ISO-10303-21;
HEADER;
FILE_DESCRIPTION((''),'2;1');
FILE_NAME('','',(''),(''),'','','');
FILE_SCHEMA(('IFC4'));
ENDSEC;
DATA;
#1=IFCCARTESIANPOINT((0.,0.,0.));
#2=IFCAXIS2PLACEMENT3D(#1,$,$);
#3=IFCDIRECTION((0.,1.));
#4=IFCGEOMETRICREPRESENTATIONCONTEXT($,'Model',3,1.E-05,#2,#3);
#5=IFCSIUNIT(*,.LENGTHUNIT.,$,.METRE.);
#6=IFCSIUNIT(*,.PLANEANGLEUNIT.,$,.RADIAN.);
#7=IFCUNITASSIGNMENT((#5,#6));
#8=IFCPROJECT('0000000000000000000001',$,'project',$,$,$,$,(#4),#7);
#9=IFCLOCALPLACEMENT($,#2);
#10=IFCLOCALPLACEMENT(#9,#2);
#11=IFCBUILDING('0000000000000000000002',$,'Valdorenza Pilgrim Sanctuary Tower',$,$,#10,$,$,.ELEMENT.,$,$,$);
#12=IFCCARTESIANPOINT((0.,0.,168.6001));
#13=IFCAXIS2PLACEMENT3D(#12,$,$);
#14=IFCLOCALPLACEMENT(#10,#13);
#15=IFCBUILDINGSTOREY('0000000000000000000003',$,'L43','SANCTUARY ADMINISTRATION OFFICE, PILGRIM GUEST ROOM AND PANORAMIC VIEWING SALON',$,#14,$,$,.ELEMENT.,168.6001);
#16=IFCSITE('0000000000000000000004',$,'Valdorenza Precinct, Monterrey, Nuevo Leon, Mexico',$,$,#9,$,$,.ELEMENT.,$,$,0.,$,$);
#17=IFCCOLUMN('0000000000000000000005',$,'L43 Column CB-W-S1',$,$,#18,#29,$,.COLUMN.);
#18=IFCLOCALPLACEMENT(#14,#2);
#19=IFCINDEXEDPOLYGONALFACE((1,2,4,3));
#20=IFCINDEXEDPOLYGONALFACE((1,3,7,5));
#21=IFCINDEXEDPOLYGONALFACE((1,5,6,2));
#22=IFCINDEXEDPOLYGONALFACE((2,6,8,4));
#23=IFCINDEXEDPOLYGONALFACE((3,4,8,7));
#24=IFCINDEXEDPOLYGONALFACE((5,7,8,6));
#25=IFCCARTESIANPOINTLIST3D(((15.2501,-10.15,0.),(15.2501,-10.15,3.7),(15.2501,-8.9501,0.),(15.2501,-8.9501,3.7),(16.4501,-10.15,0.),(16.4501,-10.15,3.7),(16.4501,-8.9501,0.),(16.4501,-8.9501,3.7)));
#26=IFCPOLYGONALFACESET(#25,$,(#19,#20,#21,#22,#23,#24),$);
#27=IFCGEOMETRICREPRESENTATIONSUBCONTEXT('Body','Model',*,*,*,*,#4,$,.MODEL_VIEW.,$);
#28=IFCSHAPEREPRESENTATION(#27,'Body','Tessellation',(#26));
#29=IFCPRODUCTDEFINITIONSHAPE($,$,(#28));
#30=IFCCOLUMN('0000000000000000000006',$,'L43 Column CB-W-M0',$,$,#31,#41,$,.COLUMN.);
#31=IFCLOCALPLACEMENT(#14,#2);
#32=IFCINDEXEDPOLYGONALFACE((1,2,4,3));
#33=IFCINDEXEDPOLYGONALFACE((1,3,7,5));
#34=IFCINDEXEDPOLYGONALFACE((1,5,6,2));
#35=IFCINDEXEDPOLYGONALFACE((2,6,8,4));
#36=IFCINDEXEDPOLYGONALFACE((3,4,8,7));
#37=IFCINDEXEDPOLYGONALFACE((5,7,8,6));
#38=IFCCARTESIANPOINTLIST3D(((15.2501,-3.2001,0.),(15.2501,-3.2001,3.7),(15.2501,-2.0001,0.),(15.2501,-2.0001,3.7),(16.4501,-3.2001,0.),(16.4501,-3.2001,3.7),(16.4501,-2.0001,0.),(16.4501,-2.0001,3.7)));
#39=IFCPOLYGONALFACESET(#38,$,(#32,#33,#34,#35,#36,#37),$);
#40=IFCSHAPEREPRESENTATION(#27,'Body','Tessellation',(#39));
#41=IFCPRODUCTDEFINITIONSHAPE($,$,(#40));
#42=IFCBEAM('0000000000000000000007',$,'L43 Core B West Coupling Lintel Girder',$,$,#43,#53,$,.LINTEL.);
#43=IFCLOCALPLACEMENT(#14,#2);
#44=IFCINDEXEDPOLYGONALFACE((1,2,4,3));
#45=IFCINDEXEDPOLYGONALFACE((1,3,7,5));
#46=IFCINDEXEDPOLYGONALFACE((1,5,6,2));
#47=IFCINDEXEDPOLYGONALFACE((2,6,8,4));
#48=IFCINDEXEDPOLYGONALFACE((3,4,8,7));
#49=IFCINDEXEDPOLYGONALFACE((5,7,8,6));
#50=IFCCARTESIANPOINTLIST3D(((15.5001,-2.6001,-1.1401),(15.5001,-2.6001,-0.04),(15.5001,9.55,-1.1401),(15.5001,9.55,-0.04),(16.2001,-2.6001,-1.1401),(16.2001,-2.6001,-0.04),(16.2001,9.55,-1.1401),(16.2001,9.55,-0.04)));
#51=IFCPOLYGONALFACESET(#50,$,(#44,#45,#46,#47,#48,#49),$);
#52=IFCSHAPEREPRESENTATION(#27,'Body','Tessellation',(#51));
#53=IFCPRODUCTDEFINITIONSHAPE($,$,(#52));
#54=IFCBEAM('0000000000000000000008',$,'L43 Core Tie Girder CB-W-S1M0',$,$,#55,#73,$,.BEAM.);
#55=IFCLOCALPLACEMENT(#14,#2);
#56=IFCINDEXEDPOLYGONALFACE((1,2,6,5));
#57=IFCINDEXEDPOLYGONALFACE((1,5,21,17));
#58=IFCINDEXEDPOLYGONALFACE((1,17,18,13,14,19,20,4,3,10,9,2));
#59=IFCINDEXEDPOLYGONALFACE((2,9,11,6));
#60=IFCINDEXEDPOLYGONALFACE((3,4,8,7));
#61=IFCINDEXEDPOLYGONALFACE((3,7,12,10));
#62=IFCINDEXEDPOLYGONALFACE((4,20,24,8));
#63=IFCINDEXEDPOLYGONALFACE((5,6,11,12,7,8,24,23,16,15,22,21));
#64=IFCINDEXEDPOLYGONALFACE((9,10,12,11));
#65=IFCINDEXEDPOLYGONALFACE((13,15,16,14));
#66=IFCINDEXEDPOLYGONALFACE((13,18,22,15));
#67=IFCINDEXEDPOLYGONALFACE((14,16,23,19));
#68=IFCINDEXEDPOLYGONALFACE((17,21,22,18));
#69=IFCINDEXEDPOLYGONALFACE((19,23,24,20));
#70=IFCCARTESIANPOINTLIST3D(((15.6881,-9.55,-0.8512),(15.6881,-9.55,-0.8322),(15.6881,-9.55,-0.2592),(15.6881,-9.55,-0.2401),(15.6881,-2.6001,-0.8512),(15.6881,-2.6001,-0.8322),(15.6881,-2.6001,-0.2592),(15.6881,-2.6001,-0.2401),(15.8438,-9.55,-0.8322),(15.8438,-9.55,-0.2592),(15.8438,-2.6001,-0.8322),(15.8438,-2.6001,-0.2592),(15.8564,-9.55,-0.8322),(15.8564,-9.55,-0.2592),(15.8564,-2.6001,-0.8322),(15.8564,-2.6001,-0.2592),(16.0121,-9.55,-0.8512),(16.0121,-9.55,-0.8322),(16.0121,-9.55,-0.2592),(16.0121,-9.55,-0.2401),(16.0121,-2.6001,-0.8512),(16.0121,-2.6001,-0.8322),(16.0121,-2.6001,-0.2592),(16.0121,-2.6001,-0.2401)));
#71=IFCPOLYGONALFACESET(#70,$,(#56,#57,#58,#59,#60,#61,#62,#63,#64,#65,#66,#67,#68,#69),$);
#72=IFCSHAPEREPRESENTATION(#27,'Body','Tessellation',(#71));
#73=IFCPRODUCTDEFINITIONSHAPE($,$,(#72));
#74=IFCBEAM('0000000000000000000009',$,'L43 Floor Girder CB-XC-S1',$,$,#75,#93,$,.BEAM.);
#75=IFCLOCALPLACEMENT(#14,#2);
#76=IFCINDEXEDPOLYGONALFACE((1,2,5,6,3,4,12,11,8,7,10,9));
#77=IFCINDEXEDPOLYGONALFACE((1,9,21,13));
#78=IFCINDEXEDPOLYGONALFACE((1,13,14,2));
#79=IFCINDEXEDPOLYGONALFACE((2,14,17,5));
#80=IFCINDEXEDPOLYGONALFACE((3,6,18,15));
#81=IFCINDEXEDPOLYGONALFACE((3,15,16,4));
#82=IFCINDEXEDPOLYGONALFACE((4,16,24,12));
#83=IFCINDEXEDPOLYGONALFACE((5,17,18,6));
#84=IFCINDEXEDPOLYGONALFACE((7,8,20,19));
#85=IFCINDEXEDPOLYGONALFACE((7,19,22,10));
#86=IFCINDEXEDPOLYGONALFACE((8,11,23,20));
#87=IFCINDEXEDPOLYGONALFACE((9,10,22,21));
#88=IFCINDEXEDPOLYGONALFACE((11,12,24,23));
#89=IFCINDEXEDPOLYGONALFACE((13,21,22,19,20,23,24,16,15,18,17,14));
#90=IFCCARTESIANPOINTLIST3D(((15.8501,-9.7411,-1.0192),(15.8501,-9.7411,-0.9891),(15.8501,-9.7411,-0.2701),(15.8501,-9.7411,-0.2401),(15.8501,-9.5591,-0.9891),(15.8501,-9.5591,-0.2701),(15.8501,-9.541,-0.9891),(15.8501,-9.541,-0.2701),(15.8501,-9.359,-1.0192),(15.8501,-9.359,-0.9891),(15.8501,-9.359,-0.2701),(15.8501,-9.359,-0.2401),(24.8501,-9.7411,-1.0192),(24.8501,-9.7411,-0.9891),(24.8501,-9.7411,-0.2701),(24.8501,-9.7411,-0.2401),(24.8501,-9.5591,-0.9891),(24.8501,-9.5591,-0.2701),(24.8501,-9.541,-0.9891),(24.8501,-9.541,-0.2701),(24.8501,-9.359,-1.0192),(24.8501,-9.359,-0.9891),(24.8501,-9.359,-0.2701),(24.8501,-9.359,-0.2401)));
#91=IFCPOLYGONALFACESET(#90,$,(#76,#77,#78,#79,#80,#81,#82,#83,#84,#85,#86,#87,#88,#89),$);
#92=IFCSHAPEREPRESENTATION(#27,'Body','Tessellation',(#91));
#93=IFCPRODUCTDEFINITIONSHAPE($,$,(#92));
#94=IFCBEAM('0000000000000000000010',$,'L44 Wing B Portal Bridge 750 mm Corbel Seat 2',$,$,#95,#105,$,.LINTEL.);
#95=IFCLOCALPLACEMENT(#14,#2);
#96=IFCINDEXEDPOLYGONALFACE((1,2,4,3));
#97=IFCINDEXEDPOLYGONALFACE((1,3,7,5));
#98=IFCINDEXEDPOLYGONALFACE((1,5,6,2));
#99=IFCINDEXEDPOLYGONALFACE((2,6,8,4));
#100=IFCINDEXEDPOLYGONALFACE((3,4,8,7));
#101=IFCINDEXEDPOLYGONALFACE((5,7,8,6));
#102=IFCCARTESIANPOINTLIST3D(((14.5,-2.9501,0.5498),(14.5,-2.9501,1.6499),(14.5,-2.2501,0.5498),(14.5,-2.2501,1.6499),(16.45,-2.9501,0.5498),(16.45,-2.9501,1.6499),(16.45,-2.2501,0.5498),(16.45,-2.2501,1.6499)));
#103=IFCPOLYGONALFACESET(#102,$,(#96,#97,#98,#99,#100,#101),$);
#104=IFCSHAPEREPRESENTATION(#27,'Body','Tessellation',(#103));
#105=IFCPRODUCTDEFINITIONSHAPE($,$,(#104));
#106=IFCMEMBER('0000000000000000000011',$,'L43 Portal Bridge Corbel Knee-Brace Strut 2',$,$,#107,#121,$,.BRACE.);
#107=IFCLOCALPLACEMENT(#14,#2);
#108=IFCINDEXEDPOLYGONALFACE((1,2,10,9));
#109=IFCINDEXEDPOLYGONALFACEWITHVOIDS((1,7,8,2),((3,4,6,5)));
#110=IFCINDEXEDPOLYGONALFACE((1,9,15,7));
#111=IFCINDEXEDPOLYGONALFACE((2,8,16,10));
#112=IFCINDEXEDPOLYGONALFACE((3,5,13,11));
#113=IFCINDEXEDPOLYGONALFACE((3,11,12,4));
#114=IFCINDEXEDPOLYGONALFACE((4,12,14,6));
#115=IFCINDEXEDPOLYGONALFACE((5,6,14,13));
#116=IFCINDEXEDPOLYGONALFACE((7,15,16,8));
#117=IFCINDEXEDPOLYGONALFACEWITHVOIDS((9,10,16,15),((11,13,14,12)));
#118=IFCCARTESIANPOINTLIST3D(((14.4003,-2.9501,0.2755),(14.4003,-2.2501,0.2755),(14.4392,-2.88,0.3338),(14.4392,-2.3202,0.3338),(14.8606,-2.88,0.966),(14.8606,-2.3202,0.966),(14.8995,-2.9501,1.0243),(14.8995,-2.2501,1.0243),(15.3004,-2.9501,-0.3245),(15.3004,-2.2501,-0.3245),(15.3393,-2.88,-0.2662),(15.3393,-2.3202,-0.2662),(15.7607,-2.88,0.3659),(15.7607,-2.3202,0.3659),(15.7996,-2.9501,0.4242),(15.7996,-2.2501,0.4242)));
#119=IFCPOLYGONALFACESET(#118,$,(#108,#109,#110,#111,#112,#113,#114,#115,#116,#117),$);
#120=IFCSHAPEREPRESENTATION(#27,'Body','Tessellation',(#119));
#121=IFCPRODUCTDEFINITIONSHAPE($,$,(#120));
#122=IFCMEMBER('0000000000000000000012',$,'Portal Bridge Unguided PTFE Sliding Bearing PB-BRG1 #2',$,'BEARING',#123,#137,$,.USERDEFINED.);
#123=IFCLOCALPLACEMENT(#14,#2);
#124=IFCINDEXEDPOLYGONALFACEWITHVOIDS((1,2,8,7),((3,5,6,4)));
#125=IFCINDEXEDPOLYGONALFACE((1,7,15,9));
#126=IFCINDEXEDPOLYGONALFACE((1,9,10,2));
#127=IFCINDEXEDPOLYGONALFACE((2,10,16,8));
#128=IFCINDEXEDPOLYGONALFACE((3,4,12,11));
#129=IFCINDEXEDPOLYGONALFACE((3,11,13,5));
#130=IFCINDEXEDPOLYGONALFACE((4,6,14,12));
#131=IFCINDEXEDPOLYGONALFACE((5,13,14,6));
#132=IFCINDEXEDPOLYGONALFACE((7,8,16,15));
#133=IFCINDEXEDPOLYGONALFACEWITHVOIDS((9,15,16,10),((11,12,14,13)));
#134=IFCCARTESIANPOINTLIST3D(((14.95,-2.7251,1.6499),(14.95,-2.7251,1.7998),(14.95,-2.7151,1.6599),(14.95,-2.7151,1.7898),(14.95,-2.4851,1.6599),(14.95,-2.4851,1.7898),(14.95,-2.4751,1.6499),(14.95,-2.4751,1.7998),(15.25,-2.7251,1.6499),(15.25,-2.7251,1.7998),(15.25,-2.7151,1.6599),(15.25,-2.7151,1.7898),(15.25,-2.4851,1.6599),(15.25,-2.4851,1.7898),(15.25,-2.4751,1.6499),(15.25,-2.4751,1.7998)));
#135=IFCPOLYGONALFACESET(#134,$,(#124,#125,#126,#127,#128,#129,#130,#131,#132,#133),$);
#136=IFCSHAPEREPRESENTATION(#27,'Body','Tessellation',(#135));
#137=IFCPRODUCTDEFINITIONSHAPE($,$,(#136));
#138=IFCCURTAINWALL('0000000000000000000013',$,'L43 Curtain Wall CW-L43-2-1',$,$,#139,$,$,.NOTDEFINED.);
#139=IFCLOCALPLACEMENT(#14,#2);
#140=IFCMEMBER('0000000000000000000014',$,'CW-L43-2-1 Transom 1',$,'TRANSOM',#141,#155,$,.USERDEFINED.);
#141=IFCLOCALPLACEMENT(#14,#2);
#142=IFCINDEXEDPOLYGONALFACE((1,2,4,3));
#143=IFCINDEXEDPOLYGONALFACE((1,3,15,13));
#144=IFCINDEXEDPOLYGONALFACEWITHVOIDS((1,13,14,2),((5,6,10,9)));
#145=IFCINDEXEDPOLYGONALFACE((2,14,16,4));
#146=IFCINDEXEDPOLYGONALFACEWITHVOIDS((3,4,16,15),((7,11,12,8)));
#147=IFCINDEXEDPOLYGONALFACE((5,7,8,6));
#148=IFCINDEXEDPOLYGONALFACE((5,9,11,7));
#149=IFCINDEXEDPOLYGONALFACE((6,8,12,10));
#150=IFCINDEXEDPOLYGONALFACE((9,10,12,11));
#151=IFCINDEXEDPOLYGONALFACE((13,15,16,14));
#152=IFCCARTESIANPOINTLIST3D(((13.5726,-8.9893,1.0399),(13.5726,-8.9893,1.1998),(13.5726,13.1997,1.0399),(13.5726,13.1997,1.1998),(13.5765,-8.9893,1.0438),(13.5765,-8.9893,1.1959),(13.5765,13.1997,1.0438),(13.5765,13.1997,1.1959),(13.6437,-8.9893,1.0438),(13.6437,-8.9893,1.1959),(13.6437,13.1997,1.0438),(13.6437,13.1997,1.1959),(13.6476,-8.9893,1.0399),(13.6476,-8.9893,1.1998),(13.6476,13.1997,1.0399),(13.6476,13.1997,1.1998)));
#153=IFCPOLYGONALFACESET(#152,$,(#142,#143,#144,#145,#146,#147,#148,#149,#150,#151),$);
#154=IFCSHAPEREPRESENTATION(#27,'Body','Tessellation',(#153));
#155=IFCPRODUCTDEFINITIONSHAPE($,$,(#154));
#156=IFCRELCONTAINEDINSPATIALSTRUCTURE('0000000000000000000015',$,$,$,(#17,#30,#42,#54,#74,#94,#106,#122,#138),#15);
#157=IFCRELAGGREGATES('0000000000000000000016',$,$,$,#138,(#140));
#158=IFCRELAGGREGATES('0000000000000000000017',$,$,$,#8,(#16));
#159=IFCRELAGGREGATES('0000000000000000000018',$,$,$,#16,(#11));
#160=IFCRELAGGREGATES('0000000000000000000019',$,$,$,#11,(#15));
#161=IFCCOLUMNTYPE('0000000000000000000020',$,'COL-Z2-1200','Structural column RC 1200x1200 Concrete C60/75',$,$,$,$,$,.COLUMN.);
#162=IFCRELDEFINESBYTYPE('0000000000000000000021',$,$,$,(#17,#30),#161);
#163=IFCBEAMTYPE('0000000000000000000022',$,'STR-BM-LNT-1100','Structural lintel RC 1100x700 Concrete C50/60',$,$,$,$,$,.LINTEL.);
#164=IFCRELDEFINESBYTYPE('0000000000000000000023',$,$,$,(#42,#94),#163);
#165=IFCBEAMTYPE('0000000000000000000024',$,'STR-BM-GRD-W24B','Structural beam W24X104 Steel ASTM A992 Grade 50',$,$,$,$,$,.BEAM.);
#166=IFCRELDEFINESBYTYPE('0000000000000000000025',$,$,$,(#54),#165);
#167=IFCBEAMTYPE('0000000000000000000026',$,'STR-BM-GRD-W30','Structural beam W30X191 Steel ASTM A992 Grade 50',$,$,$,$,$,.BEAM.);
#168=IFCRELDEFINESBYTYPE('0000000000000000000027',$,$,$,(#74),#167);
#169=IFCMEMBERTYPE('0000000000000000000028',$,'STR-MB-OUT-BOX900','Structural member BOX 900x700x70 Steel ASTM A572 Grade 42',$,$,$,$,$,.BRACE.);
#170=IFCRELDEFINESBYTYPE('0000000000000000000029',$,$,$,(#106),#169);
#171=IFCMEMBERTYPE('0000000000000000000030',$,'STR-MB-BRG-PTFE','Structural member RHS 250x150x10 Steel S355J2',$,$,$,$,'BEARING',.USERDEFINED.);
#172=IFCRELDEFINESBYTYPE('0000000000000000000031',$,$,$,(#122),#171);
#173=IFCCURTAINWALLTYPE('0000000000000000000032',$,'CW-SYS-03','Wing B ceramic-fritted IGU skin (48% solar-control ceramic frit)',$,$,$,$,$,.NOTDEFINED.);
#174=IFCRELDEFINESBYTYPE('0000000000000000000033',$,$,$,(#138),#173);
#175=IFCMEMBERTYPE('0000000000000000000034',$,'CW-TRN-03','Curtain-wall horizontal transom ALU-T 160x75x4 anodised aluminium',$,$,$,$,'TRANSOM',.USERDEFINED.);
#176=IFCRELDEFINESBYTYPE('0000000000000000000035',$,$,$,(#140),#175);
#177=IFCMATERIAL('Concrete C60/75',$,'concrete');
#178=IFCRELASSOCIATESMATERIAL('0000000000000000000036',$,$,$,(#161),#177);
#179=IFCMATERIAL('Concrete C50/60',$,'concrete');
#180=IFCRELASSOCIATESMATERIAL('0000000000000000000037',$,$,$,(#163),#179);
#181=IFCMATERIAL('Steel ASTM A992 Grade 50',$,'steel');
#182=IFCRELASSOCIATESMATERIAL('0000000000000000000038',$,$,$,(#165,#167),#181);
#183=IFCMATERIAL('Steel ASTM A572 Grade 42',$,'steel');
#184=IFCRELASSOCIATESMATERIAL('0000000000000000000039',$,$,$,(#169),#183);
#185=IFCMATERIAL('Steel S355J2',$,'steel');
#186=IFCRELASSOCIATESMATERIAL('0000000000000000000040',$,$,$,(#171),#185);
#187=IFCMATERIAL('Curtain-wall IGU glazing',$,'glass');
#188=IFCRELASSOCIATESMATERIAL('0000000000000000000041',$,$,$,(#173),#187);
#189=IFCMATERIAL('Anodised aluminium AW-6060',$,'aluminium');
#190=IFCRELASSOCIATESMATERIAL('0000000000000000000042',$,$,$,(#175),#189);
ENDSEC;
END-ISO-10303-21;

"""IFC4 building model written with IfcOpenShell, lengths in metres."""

from ifc_helpers import new_model, si_unit, direction, frame, origin, origin_2d, place, context, subcontext, project, spatial, rectangle, hollow_rectangle, i_section, extrude, source, transform, mapped, material, material_profile, profile_set, type_object, element, aggregate, save


model = new_model("IFC4")

# Units and contexts
model_context = context("Model", 3, precision=1e-05, world=origin(), true_north=direction((0.0, 1.0)))
body_context = subcontext(model_context, "Body", "Model", "MODEL_VIEW")
ifc_project = project(units=[si_unit("LENGTHUNIT", "METRE"), si_unit("PLANEANGLEUNIT", "RADIAN")], contexts=[model_context])

# Site, building, storey
site_placement = place(None, origin())
site = spatial("IfcSite", under=ifc_project, at=site_placement, Name="Valdorenza Precinct, Monterrey, Nuevo Leon, Mexico", CompositionType="ELEMENT", RefElevation=0.0)
building_placement = place(site_placement, origin())
building = spatial("IfcBuilding", under=site, at=building_placement, Name="Valdorenza Pilgrim Sanctuary Tower", CompositionType="ELEMENT")
storey_placement = place(building_placement, frame((0.0, 0.0, 168.6001)))
storey = spatial("IfcBuildingStorey", under=building, at=storey_placement, Name="L43", Description="SANCTUARY ADMINISTRATION OFFICE, PILGRIM GUEST ROOM AND PANORAMIC VIEWING SALON", CompositionType="ELEMENT", Elevation=168.6001)

# Columns
ifc_material_1 = material(Name="Concrete C60/75", Category="concrete")
ifc_material_profile_1 = material_profile(ifc_material_1, rectangle(XDim=1.2, YDim=1.2, at=origin_2d()), Name="RC 1200x1200")
ifc_profile_set_1 = profile_set([ifc_material_profile_1], Name="Concrete C60/75")
column_type = type_object("IfcColumnType", Name="COL-Z2-1200", Description="Structural column RC 1200x1200 Concrete C60/75", PredefinedType="COLUMN", material=ifc_profile_set_1)
shared_shape_1 = source(origin(), body_context, "Body", "SweptSolid", [
    extrude(rectangle(XDim=1.2, YDim=1.2, at=origin_2d()), origin(), (0.0, 0.0, 1.0), 3.7),
])
for number, where, z_axis, x_axis, name in (
    (1, (15.8501, -9.55, 0.0), (0.0, 0.0, 1.0), (1.0, 0.0, 0.0), "L43 Column CB-W-S1"),
    (2, (15.8501, -2.6001, 0.0), (0.0, 0.0, 1.0), (1.0, 0.0, 0.0), "L43 Column CB-W-M0"),
):
    element("IfcColumn", number, at=place(storey_placement, frame(where, z_axis=z_axis, x_axis=x_axis)), inside=storey, type_object=column_type, Name=name, PredefinedType="COLUMN", context=body_context, shape_type="MappedRepresentation", body=[
        mapped(shared_shape_1, transform((0.0, 0.0, 0.0), x_axis=(1.0, 0.0, 0.0), y_axis=(0.0, 1.0, 0.0), z_axis=(0.0, 0.0, 1.0), scale=1.0)),
    ])

# Beams
ifc_material_2 = material(Name="Concrete C50/60", Category="concrete")
ifc_material_profile_2 = material_profile(ifc_material_2, rectangle(XDim=0.7, YDim=1.1001, at=origin_2d()), Name="RC 1100x700")
ifc_profile_set_2 = profile_set([ifc_material_profile_2], Name="Concrete C50/60")
beam_type_1 = type_object("IfcBeamType", Name="STR-BM-LNT-1100", Description="Structural lintel RC 1100x700 Concrete C50/60", PredefinedType="LINTEL", material=ifc_profile_set_2)
shared_shape_2 = source(origin(), body_context, "Body", "SweptSolid", [
    extrude(rectangle(XDim=0.7, YDim=1.1001, at=origin_2d()), origin(), (0.0, 0.0, 1.0), 12.1501),
])
beam_1_placement = place(storey_placement, frame((15.8501, -2.6001, -0.5901), z_axis=(0.0, 1.0, 0.0), x_axis=(-1.0, 0.0, 0.0)))
element("IfcBeam", 3, at=beam_1_placement, inside=storey, type_object=beam_type_1, Name="L43 Core B West Coupling Lintel Girder", PredefinedType="LINTEL", context=body_context, shape_type="MappedRepresentation", body=[
    mapped(shared_shape_2, transform((0.0, 0.0, 0.0), x_axis=(1.0, 0.0, 0.0), y_axis=(0.0, 1.0, 0.0), z_axis=(0.0, 0.0, 1.0), scale=1.0)),
])
ifc_material_3 = material(Name="Steel ASTM A992 Grade 50", Category="steel")
ifc_material_profile_3 = material_profile(ifc_material_3, i_section(OverallWidth=0.324, OverallDepth=0.6111, WebThickness=0.0127, FlangeThickness=0.019, at=origin_2d()), Name="W24X104")
ifc_profile_set_3 = profile_set([ifc_material_profile_3], Name="Steel ASTM A992 Grade 50")
beam_type_2 = type_object("IfcBeamType", Name="STR-BM-GRD-W24B", Description="Structural beam W24X104 Steel ASTM A992 Grade 50", PredefinedType="BEAM", material=ifc_profile_set_3)
shared_shape_3 = source(origin(), body_context, "Body", "SweptSolid", [
    extrude(i_section(OverallWidth=0.324, OverallDepth=0.6111, WebThickness=0.0127, FlangeThickness=0.019, at=origin_2d()), origin(), (0.0, 0.0, 1.0), 6.95),
])
beam_2_placement = place(storey_placement, frame((15.8501, -9.55, -0.5457), z_axis=(0.0, 1.0, 0.0), x_axis=(-1.0, 0.0, 0.0)))
element("IfcBeam", 4, at=beam_2_placement, inside=storey, type_object=beam_type_2, Name="L43 Core Tie Girder CB-W-S1M0", PredefinedType="BEAM", context=body_context, shape_type="MappedRepresentation", body=[
    mapped(shared_shape_3, transform((0.0, 0.0, 0.0), x_axis=(1.0, 0.0, 0.0), y_axis=(0.0, 1.0, 0.0), z_axis=(0.0, 0.0, 1.0), scale=1.0)),
])
ifc_material_profile_4 = material_profile(ifc_material_3, i_section(OverallWidth=0.3821, OverallDepth=0.7791, WebThickness=0.0181, FlangeThickness=0.03, at=origin_2d()), Name="W30X191")
ifc_profile_set_4 = profile_set([ifc_material_profile_4], Name="Steel ASTM A992 Grade 50")
beam_type_3 = type_object("IfcBeamType", Name="STR-BM-GRD-W30", Description="Structural beam W30X191 Steel ASTM A992 Grade 50", PredefinedType="BEAM", material=ifc_profile_set_4)
shared_shape_4 = source(origin(), body_context, "Body", "SweptSolid", [
    extrude(i_section(OverallWidth=0.3821, OverallDepth=0.7791, WebThickness=0.0181, FlangeThickness=0.03, at=origin_2d()), origin(), (0.0, 0.0, 1.0), 9.0),
])
beam_3_placement = place(storey_placement, frame((15.8501, -9.55, -0.6296), z_axis=(1.0, 0.0, 0.0), x_axis=(0.0, 1.0, 0.0)))
element("IfcBeam", 5, at=beam_3_placement, inside=storey, type_object=beam_type_3, Name="L43 Floor Girder CB-XC-S1", PredefinedType="BEAM", context=body_context, shape_type="MappedRepresentation", body=[
    mapped(shared_shape_4, transform((0.0, 0.0, 0.0), x_axis=(1.0, 0.0, 0.0), y_axis=(0.0, 1.0, 0.0), z_axis=(0.0, 0.0, 1.0), scale=1.0)),
])
shared_shape_5 = source(origin(), body_context, "Body", "SweptSolid", [
    extrude(rectangle(XDim=0.7, YDim=1.1001, at=origin_2d()), origin(), (0.0, 0.0, 1.0), 1.95),
])
beam_4_placement = place(storey_placement, frame((14.5, -2.6001, 1.0999), z_axis=(1.0, 0.0, 0.0), x_axis=(0.0, 1.0, 0.0)))
element("IfcBeam", 6, at=beam_4_placement, inside=storey, type_object=beam_type_1, Name="L44 Wing B Portal Bridge 750 mm Corbel Seat 2", PredefinedType="LINTEL", context=body_context, shape_type="MappedRepresentation", body=[
    mapped(shared_shape_5, transform((0.0, 0.0, 0.0), x_axis=(1.0, 0.0, 0.0), y_axis=(0.0, 1.0, 0.0), z_axis=(0.0, 0.0, 1.0), scale=1.0)),
])

# Members
ifc_material_4 = material(Name="Steel ASTM A572 Grade 42", Category="steel")
ifc_material_profile_5 = material_profile(ifc_material_4, hollow_rectangle(XDim=0.7, YDim=0.8999, WallThickness=0.0701, at=origin_2d()), Name="BOX 900x700x70")
ifc_profile_set_5 = profile_set([ifc_material_profile_5], Name="Steel ASTM A572 Grade 42")
member_type_1 = type_object("IfcMemberType", Name="STR-MB-OUT-BOX900", Description="Structural member BOX 900x700x70 Steel ASTM A572 Grade 42", PredefinedType="BRACE", material=ifc_profile_set_5)
shared_shape_6 = source(origin(), body_context, "Body", "SweptSolid", [
    extrude(hollow_rectangle(XDim=0.7, YDim=0.8999, WallThickness=0.0701, at=origin_2d()), origin(), (0.0, 0.0, 1.0), 1.0818),
])
member_1_placement = place(storey_placement, frame((14.6499, -2.6001, 0.6499), z_axis=(0.83205, 0.0, -0.5547), x_axis=(0.0, 1.0, 0.0)))
element("IfcMember", 7, at=member_1_placement, inside=storey, type_object=member_type_1, Name="L43 Portal Bridge Corbel Knee-Brace Strut 2", PredefinedType="BRACE", context=body_context, shape_type="MappedRepresentation", body=[
    mapped(shared_shape_6, transform((0.0, 0.0, 0.0), x_axis=(1.0, 0.0, 0.0), y_axis=(0.0, 1.0, 0.0), z_axis=(0.0, 0.0, 1.0), scale=1.0)),
])
ifc_material_5 = material(Name="Steel S355J2", Category="steel")
ifc_material_profile_6 = material_profile(ifc_material_5, hollow_rectangle(XDim=0.1499, YDim=0.25, WallThickness=0.01, at=origin_2d()), Name="RHS 250x150x10")
ifc_profile_set_6 = profile_set([ifc_material_profile_6], Name="Steel S355J2")
member_type_2 = type_object("IfcMemberType", Name="STR-MB-BRG-PTFE", Description="Structural member RHS 250x150x10 Steel S355J2", ElementType="BEARING", PredefinedType="USERDEFINED", material=ifc_profile_set_6)
shared_shape_7 = source(origin(), body_context, "Body", "SweptSolid", [
    extrude(hollow_rectangle(XDim=0.1499, YDim=0.25, WallThickness=0.01, at=origin_2d()), origin(), (0.0, 0.0, 1.0), 0.3),
])
member_2_placement = place(storey_placement, frame((14.95, -2.6001, 1.7249), z_axis=(1.0, 0.0, 0.0), x_axis=(0.0, 0.0, 1.0)))
element("IfcMember", 8, at=member_2_placement, inside=storey, type_object=member_type_2, Name="Portal Bridge Unguided PTFE Sliding Bearing PB-BRG1 #2", ObjectType="BEARING", PredefinedType="USERDEFINED", context=body_context, shape_type="MappedRepresentation", body=[
    mapped(shared_shape_7, transform((0.0, 0.0, 0.0), x_axis=(1.0, 0.0, 0.0), y_axis=(0.0, 1.0, 0.0), z_axis=(0.0, 0.0, 1.0), scale=1.0)),
])

# Curtain wall, member
ifc_material_6 = material(Name="Curtain-wall IGU glazing", Category="glass")
curtain_wall_type = type_object("IfcCurtainWallType", Name="CW-SYS-03", Description="Wing B ceramic-fritted IGU skin (48% solar-control ceramic frit)", PredefinedType="NOTDEFINED", material=ifc_material_6)
curtain_wall_1_placement = place(storey_placement, origin())
curtain_wall_1 = element("IfcCurtainWall", 9, at=curtain_wall_1_placement, inside=storey, type_object=curtain_wall_type, Name="L43 Curtain Wall CW-L43-2-1", PredefinedType="NOTDEFINED")
ifc_material_7 = material(Name="Anodised aluminium AW-6060", Category="aluminium")
ifc_material_profile_7 = material_profile(ifc_material_7, hollow_rectangle(XDim=0.075, YDim=0.1599, WallThickness=0.0039, at=origin_2d()), Name="ALU-T 160x75x4")
ifc_profile_set_7 = profile_set([ifc_material_profile_7], Name="Anodised aluminium AW-6060")
member_type_3 = type_object("IfcMemberType", Name="CW-TRN-03", Description="Curtain-wall horizontal transom ALU-T 160x75x4 anodised aluminium", ElementType="TRANSOM", PredefinedType="USERDEFINED", material=ifc_profile_set_7)
shared_shape_8 = source(origin(), body_context, "Body", "SweptSolid", [
    extrude(hollow_rectangle(XDim=0.075, YDim=0.1599, WallThickness=0.0039, at=origin_2d()), origin(), (0.0, 0.0, 1.0), 22.189),
])
member_3_placement = place(storey_placement, frame((13.6101, -8.9893, 1.1199), z_axis=(0.0, 1.0, 0.0), x_axis=(-1.0, 0.0, 0.0)))
member_3 = element("IfcMember", 10, at=member_3_placement, type_object=member_type_3, Name="CW-L43-2-1 Transom 1", ObjectType="TRANSOM", PredefinedType="USERDEFINED", context=body_context, shape_type="MappedRepresentation", body=[
    mapped(shared_shape_8, transform((0.0, 0.0, 0.0), x_axis=(1.0, 0.0, 0.0), y_axis=(0.0, 1.0, 0.0), z_axis=(0.0, 0.0, 1.0), scale=1.0)),
])

aggregate(curtain_wall_1, [member_3])

save(model, "model.ifc")
